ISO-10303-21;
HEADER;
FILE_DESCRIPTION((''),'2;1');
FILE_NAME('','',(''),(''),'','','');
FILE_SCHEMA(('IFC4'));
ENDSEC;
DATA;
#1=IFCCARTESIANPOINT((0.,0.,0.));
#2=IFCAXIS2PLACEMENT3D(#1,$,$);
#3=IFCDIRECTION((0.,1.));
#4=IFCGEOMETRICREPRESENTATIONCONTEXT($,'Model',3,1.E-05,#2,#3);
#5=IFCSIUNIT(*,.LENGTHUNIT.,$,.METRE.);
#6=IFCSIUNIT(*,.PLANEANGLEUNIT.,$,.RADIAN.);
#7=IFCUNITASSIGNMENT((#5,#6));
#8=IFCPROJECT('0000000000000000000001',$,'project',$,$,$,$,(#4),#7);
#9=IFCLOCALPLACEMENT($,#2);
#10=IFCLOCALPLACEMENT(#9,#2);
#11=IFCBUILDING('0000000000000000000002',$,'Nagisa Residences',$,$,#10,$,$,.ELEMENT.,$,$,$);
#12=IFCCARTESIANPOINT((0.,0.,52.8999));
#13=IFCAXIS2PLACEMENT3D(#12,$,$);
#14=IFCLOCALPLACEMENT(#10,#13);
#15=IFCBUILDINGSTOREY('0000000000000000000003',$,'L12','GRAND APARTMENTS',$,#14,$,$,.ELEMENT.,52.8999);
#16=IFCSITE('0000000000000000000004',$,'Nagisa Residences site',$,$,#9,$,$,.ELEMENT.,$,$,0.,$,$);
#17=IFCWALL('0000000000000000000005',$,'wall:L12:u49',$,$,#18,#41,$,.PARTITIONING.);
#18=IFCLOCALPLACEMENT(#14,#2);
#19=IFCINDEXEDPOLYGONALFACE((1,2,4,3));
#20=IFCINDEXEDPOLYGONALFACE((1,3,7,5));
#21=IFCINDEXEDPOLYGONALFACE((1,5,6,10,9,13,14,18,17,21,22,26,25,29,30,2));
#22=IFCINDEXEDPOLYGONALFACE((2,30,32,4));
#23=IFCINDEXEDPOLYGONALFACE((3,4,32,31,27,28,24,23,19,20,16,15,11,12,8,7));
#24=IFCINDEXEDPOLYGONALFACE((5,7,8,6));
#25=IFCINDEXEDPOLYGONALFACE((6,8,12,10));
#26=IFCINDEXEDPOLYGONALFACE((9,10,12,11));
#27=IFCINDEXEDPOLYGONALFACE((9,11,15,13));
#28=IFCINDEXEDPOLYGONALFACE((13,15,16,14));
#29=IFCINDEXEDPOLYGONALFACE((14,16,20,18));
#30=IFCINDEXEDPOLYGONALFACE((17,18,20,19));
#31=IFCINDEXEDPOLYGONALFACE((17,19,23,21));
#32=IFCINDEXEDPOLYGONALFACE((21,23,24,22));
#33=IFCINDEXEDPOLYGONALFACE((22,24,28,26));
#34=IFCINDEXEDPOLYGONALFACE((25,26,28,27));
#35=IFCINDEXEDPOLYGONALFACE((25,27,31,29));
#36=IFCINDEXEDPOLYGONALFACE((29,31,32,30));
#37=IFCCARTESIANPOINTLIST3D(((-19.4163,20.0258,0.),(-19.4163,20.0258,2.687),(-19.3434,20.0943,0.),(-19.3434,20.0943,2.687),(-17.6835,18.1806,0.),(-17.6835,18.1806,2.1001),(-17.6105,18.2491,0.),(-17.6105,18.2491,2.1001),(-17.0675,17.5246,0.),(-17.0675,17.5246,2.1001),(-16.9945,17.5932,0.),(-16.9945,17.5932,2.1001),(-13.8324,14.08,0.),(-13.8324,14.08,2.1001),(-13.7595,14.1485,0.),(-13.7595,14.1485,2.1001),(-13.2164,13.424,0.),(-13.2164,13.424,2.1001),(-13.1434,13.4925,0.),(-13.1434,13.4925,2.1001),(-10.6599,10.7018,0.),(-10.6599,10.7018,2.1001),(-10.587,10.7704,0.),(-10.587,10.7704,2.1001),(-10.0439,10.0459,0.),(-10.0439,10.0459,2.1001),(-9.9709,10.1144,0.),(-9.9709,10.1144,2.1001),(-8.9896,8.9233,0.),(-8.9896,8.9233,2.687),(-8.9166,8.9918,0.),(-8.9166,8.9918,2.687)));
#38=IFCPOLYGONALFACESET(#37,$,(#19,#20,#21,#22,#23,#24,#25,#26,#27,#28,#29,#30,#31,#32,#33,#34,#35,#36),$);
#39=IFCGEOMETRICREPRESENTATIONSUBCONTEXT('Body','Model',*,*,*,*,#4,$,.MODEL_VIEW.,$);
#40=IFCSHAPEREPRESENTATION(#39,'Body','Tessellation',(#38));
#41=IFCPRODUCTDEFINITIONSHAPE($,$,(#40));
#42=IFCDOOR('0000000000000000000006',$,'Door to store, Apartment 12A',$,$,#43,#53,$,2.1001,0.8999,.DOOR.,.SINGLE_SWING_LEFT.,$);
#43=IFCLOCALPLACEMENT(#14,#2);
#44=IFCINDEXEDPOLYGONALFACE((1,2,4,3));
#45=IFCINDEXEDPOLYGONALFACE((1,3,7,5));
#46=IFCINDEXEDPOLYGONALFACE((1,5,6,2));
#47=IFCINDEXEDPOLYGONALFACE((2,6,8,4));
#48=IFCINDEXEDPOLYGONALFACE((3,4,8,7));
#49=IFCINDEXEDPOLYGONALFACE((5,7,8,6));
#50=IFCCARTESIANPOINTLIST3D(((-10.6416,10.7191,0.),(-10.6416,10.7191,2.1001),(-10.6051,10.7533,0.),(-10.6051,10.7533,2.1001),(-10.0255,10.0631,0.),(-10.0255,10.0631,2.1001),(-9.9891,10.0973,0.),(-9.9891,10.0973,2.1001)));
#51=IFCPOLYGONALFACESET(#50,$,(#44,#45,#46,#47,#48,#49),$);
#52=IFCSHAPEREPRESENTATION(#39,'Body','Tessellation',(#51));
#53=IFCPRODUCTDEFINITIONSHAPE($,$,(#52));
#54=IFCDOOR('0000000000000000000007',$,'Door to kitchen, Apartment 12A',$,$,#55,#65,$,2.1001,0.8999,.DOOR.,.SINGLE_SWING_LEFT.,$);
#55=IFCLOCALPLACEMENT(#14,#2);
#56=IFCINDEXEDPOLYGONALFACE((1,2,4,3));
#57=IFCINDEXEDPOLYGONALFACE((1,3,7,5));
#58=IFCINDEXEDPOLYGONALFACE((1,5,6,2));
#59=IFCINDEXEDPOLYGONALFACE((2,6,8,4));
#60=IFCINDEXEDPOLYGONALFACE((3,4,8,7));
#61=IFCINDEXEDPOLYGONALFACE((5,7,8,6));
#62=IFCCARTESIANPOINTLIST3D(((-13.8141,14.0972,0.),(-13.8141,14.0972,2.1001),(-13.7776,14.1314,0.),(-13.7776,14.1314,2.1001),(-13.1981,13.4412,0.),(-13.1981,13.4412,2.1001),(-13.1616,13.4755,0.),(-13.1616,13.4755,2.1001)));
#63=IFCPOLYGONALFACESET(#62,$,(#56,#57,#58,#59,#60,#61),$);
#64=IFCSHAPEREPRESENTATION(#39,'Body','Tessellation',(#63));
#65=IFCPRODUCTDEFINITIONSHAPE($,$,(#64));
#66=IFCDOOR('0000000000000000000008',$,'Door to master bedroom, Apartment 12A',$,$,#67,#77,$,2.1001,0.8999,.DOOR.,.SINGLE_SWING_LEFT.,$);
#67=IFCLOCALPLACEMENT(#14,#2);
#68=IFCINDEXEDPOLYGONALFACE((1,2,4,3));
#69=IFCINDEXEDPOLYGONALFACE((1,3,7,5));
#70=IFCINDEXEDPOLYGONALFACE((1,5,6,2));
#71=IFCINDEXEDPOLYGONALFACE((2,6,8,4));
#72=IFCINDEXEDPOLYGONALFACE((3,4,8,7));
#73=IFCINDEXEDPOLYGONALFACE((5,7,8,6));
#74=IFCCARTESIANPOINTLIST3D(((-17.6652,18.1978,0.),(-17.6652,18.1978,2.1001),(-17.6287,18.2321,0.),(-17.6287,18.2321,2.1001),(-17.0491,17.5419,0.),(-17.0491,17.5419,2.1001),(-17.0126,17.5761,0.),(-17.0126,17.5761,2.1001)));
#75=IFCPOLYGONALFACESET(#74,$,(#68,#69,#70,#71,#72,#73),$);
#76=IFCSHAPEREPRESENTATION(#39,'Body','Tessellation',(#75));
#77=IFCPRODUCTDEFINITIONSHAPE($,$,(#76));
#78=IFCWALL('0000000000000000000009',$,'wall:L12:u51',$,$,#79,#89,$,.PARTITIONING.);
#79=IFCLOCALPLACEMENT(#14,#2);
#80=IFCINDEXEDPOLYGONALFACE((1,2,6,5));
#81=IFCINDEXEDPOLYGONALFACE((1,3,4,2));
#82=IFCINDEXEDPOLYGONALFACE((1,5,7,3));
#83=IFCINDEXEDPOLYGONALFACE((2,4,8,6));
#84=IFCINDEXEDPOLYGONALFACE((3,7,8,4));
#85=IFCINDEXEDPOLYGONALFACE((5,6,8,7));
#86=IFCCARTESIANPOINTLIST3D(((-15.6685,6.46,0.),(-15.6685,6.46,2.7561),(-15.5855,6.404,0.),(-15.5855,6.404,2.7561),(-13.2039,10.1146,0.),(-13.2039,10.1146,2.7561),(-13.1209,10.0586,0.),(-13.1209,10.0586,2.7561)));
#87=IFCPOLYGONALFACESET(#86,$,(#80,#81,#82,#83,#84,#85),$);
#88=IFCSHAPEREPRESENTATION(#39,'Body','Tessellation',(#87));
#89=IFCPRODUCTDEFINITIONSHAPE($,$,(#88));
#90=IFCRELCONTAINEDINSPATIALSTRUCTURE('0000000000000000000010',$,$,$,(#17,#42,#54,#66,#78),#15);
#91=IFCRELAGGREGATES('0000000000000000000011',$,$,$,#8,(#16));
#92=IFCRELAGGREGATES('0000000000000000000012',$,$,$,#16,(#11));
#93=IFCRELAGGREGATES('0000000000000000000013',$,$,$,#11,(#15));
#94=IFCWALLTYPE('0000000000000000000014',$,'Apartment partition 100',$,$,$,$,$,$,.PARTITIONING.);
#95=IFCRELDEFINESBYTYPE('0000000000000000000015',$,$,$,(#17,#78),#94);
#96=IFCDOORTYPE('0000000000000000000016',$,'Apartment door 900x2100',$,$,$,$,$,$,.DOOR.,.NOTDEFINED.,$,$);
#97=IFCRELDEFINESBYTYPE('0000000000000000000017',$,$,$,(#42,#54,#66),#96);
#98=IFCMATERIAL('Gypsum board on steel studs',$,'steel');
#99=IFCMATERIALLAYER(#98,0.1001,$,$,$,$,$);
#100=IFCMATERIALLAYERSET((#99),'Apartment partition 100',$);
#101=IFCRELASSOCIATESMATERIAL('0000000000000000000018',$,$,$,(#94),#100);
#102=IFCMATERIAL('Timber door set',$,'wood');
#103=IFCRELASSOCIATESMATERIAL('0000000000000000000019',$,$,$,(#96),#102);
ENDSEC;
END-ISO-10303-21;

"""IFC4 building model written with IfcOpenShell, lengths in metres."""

from ifc_helpers import new_model, si_unit, direction, frame, frame_2d, origin, place, context, subcontext, project, spatial, rectangle, extrude, material, layer, layer_set, type_object, element, fill, save


model = new_model("IFC4")

# Units and contexts
model_context = context("Model", 3, precision=1e-05, world=origin(), true_north=direction((0.0, 1.0)))
body_context = subcontext(model_context, "Body", "Model", "MODEL_VIEW")
ifc_project = project(units=[si_unit("LENGTHUNIT", "METRE"), si_unit("PLANEANGLEUNIT", "RADIAN")], contexts=[model_context])

# Site, building, storey
site_placement = place(None, origin())
site = spatial("IfcSite", under=ifc_project, at=site_placement, Name="Nagisa Residences site", CompositionType="ELEMENT", RefElevation=0.0)
building_placement = place(site_placement, origin())
building = spatial("IfcBuilding", under=site, at=building_placement, Name="Nagisa Residences", CompositionType="ELEMENT")
storey_placement = place(building_placement, frame((0.0, 0.0, 52.8999)))
storey = spatial("IfcBuildingStorey", under=building, at=storey_placement, Name="L12", Description="GRAND APARTMENTS", CompositionType="ELEMENT", Elevation=52.8999)

# Wall, openings, doors
ifc_material_1 = material(Name="Gypsum board on steel studs", Category="steel")
ifc_layer_1 = layer(ifc_material_1, 0.1001)
ifc_layer_set_1 = layer_set([ifc_layer_1], Name="Apartment partition 100")
wall_type_1 = type_object("IfcWallType", Name="Apartment partition 100", PredefinedType="PARTITIONING", material=ifc_layer_set_1)
ifc_material_2 = material(Name="Timber door set", Category="wood")
door_type_1 = type_object("IfcDoorType", Name="Apartment door 900x2100", OperationType="NOTDEFINED", PredefinedType="DOOR", material=ifc_material_2)
wall_1_placement = place(storey_placement, frame((-8.9531, 8.9575, 0.0), z_axis=(0.0, 0.0, 1.0), x_axis=(-0.684574, 0.728943, 0.0)))
wall_1 = element("IfcWall", 1, at=wall_1_placement, inside=storey, type_object=wall_type_1, Name="wall:L12:u49", PredefinedType="PARTITIONING", context=body_context, shape_type="SweptSolid", body=[
    extrude(rectangle(XDim=15.231, YDim=0.1001, at=frame_2d((7.6155, 0.0))), origin(), (0.0, 0.0, 1.0), 2.687),
])
opening_1_placement = place(wall_1_placement, frame((1.54, 0.0, 0.0)))
opening_1 = element("IfcOpeningElement", 2, at=opening_1_placement, cuts=wall_1, PredefinedType="OPENING", context=body_context, shape_type="SweptSolid", body=[
    extrude(rectangle(XDim=0.8999, YDim=2.1001, at=frame_2d((0.45, 1.05))), frame((0.0, 0.0601, 0.0), z_axis=(0.0, -1.0, 0.0), x_axis=(1.0, 0.0, 0.0)), (0.0, 0.0, 1.0), 0.1201),
])
opening_2_placement = place(wall_1_placement, frame((6.1743, 0.0, 0.0)))
opening_2 = element("IfcOpeningElement", 3, at=opening_2_placement, cuts=wall_1, PredefinedType="OPENING", context=body_context, shape_type="SweptSolid", body=[
    extrude(rectangle(XDim=0.8999, YDim=2.1001, at=frame_2d((0.45, 1.05))), frame((0.0, 0.0601, 0.0), z_axis=(0.0, -1.0, 0.0), x_axis=(1.0, 0.0, 0.0)), (0.0, 0.0, 1.0), 0.1201),
])
opening_3_placement = place(wall_1_placement, frame((11.7998, 0.0, 0.0)))
opening_3 = element("IfcOpeningElement", 4, at=opening_3_placement, cuts=wall_1, PredefinedType="OPENING", context=body_context, shape_type="SweptSolid", body=[
    extrude(rectangle(XDim=0.8999, YDim=2.1001, at=frame_2d((0.45, 1.05))), frame((0.0, 0.0601, 0.0), z_axis=(0.0, -1.0, 0.0), x_axis=(1.0, 0.0, 0.0)), (0.0, 0.0, 1.0), 0.1201),
])
door_1_placement = place(opening_1_placement, origin())
door_1 = element("IfcDoor", 5, at=door_1_placement, inside=storey, type_object=door_type_1, Name="Door to store, Apartment 12A", OperationType="SINGLE_SWING_LEFT", OverallHeight=2.1001, OverallWidth=0.8999, PredefinedType="DOOR", context=body_context, shape_type="SweptSolid", body=[
    extrude(rectangle(XDim=0.8999, YDim=2.1001, at=frame_2d((0.45, 1.05))), frame((0.0, 0.0249, 0.0), z_axis=(0.0, -1.0, 0.0), x_axis=(1.0, 0.0, 0.0)), (0.0, 0.0, 1.0), 0.05),
])
fill(opening_1, door_1)
door_2_placement = place(opening_2_placement, origin())
door_2 = element("IfcDoor", 6, at=door_2_placement, inside=storey, type_object=door_type_1, Name="Door to kitchen, Apartment 12A", OperationType="SINGLE_SWING_LEFT", OverallHeight=2.1001, OverallWidth=0.8999, PredefinedType="DOOR", context=body_context, shape_type="SweptSolid", body=[
    extrude(rectangle(XDim=0.8999, YDim=2.1001, at=frame_2d((0.45, 1.05))), frame((0.0, 0.0249, 0.0), z_axis=(0.0, -1.0, 0.0), x_axis=(1.0, 0.0, 0.0)), (0.0, 0.0, 1.0), 0.05),
])
fill(opening_2, door_2)
door_3_placement = place(opening_3_placement, origin())
door_3 = element("IfcDoor", 7, at=door_3_placement, inside=storey, type_object=door_type_1, Name="Door to master bedroom, Apartment 12A", OperationType="SINGLE_SWING_LEFT", OverallHeight=2.1001, OverallWidth=0.8999, PredefinedType="DOOR", context=body_context, shape_type="SweptSolid", body=[
    extrude(rectangle(XDim=0.8999, YDim=2.1001, at=frame_2d((0.45, 1.05))), frame((0.0, 0.0249, 0.0), z_axis=(0.0, -1.0, 0.0), x_axis=(1.0, 0.0, 0.0)), (0.0, 0.0, 1.0), 0.05),
])
fill(opening_3, door_3)

# Wall
wall_2_placement = place(storey_placement, frame((-13.1624, 10.0867, 0.0), z_axis=(0.0, 0.0, 1.0), x_axis=(-0.559128, -0.829082, 0.0)))
element("IfcWall", 8, at=wall_2_placement, inside=storey, type_object=wall_type_1, Name="wall:L12:u51", PredefinedType="PARTITIONING", context=body_context, shape_type="SweptSolid", body=[
    extrude(rectangle(XDim=4.408, YDim=0.1001, at=frame_2d((2.2041, 0.0))), origin(), (0.0, 0.0, 1.0), 2.7561),
])

save(model, "model.ifc")
